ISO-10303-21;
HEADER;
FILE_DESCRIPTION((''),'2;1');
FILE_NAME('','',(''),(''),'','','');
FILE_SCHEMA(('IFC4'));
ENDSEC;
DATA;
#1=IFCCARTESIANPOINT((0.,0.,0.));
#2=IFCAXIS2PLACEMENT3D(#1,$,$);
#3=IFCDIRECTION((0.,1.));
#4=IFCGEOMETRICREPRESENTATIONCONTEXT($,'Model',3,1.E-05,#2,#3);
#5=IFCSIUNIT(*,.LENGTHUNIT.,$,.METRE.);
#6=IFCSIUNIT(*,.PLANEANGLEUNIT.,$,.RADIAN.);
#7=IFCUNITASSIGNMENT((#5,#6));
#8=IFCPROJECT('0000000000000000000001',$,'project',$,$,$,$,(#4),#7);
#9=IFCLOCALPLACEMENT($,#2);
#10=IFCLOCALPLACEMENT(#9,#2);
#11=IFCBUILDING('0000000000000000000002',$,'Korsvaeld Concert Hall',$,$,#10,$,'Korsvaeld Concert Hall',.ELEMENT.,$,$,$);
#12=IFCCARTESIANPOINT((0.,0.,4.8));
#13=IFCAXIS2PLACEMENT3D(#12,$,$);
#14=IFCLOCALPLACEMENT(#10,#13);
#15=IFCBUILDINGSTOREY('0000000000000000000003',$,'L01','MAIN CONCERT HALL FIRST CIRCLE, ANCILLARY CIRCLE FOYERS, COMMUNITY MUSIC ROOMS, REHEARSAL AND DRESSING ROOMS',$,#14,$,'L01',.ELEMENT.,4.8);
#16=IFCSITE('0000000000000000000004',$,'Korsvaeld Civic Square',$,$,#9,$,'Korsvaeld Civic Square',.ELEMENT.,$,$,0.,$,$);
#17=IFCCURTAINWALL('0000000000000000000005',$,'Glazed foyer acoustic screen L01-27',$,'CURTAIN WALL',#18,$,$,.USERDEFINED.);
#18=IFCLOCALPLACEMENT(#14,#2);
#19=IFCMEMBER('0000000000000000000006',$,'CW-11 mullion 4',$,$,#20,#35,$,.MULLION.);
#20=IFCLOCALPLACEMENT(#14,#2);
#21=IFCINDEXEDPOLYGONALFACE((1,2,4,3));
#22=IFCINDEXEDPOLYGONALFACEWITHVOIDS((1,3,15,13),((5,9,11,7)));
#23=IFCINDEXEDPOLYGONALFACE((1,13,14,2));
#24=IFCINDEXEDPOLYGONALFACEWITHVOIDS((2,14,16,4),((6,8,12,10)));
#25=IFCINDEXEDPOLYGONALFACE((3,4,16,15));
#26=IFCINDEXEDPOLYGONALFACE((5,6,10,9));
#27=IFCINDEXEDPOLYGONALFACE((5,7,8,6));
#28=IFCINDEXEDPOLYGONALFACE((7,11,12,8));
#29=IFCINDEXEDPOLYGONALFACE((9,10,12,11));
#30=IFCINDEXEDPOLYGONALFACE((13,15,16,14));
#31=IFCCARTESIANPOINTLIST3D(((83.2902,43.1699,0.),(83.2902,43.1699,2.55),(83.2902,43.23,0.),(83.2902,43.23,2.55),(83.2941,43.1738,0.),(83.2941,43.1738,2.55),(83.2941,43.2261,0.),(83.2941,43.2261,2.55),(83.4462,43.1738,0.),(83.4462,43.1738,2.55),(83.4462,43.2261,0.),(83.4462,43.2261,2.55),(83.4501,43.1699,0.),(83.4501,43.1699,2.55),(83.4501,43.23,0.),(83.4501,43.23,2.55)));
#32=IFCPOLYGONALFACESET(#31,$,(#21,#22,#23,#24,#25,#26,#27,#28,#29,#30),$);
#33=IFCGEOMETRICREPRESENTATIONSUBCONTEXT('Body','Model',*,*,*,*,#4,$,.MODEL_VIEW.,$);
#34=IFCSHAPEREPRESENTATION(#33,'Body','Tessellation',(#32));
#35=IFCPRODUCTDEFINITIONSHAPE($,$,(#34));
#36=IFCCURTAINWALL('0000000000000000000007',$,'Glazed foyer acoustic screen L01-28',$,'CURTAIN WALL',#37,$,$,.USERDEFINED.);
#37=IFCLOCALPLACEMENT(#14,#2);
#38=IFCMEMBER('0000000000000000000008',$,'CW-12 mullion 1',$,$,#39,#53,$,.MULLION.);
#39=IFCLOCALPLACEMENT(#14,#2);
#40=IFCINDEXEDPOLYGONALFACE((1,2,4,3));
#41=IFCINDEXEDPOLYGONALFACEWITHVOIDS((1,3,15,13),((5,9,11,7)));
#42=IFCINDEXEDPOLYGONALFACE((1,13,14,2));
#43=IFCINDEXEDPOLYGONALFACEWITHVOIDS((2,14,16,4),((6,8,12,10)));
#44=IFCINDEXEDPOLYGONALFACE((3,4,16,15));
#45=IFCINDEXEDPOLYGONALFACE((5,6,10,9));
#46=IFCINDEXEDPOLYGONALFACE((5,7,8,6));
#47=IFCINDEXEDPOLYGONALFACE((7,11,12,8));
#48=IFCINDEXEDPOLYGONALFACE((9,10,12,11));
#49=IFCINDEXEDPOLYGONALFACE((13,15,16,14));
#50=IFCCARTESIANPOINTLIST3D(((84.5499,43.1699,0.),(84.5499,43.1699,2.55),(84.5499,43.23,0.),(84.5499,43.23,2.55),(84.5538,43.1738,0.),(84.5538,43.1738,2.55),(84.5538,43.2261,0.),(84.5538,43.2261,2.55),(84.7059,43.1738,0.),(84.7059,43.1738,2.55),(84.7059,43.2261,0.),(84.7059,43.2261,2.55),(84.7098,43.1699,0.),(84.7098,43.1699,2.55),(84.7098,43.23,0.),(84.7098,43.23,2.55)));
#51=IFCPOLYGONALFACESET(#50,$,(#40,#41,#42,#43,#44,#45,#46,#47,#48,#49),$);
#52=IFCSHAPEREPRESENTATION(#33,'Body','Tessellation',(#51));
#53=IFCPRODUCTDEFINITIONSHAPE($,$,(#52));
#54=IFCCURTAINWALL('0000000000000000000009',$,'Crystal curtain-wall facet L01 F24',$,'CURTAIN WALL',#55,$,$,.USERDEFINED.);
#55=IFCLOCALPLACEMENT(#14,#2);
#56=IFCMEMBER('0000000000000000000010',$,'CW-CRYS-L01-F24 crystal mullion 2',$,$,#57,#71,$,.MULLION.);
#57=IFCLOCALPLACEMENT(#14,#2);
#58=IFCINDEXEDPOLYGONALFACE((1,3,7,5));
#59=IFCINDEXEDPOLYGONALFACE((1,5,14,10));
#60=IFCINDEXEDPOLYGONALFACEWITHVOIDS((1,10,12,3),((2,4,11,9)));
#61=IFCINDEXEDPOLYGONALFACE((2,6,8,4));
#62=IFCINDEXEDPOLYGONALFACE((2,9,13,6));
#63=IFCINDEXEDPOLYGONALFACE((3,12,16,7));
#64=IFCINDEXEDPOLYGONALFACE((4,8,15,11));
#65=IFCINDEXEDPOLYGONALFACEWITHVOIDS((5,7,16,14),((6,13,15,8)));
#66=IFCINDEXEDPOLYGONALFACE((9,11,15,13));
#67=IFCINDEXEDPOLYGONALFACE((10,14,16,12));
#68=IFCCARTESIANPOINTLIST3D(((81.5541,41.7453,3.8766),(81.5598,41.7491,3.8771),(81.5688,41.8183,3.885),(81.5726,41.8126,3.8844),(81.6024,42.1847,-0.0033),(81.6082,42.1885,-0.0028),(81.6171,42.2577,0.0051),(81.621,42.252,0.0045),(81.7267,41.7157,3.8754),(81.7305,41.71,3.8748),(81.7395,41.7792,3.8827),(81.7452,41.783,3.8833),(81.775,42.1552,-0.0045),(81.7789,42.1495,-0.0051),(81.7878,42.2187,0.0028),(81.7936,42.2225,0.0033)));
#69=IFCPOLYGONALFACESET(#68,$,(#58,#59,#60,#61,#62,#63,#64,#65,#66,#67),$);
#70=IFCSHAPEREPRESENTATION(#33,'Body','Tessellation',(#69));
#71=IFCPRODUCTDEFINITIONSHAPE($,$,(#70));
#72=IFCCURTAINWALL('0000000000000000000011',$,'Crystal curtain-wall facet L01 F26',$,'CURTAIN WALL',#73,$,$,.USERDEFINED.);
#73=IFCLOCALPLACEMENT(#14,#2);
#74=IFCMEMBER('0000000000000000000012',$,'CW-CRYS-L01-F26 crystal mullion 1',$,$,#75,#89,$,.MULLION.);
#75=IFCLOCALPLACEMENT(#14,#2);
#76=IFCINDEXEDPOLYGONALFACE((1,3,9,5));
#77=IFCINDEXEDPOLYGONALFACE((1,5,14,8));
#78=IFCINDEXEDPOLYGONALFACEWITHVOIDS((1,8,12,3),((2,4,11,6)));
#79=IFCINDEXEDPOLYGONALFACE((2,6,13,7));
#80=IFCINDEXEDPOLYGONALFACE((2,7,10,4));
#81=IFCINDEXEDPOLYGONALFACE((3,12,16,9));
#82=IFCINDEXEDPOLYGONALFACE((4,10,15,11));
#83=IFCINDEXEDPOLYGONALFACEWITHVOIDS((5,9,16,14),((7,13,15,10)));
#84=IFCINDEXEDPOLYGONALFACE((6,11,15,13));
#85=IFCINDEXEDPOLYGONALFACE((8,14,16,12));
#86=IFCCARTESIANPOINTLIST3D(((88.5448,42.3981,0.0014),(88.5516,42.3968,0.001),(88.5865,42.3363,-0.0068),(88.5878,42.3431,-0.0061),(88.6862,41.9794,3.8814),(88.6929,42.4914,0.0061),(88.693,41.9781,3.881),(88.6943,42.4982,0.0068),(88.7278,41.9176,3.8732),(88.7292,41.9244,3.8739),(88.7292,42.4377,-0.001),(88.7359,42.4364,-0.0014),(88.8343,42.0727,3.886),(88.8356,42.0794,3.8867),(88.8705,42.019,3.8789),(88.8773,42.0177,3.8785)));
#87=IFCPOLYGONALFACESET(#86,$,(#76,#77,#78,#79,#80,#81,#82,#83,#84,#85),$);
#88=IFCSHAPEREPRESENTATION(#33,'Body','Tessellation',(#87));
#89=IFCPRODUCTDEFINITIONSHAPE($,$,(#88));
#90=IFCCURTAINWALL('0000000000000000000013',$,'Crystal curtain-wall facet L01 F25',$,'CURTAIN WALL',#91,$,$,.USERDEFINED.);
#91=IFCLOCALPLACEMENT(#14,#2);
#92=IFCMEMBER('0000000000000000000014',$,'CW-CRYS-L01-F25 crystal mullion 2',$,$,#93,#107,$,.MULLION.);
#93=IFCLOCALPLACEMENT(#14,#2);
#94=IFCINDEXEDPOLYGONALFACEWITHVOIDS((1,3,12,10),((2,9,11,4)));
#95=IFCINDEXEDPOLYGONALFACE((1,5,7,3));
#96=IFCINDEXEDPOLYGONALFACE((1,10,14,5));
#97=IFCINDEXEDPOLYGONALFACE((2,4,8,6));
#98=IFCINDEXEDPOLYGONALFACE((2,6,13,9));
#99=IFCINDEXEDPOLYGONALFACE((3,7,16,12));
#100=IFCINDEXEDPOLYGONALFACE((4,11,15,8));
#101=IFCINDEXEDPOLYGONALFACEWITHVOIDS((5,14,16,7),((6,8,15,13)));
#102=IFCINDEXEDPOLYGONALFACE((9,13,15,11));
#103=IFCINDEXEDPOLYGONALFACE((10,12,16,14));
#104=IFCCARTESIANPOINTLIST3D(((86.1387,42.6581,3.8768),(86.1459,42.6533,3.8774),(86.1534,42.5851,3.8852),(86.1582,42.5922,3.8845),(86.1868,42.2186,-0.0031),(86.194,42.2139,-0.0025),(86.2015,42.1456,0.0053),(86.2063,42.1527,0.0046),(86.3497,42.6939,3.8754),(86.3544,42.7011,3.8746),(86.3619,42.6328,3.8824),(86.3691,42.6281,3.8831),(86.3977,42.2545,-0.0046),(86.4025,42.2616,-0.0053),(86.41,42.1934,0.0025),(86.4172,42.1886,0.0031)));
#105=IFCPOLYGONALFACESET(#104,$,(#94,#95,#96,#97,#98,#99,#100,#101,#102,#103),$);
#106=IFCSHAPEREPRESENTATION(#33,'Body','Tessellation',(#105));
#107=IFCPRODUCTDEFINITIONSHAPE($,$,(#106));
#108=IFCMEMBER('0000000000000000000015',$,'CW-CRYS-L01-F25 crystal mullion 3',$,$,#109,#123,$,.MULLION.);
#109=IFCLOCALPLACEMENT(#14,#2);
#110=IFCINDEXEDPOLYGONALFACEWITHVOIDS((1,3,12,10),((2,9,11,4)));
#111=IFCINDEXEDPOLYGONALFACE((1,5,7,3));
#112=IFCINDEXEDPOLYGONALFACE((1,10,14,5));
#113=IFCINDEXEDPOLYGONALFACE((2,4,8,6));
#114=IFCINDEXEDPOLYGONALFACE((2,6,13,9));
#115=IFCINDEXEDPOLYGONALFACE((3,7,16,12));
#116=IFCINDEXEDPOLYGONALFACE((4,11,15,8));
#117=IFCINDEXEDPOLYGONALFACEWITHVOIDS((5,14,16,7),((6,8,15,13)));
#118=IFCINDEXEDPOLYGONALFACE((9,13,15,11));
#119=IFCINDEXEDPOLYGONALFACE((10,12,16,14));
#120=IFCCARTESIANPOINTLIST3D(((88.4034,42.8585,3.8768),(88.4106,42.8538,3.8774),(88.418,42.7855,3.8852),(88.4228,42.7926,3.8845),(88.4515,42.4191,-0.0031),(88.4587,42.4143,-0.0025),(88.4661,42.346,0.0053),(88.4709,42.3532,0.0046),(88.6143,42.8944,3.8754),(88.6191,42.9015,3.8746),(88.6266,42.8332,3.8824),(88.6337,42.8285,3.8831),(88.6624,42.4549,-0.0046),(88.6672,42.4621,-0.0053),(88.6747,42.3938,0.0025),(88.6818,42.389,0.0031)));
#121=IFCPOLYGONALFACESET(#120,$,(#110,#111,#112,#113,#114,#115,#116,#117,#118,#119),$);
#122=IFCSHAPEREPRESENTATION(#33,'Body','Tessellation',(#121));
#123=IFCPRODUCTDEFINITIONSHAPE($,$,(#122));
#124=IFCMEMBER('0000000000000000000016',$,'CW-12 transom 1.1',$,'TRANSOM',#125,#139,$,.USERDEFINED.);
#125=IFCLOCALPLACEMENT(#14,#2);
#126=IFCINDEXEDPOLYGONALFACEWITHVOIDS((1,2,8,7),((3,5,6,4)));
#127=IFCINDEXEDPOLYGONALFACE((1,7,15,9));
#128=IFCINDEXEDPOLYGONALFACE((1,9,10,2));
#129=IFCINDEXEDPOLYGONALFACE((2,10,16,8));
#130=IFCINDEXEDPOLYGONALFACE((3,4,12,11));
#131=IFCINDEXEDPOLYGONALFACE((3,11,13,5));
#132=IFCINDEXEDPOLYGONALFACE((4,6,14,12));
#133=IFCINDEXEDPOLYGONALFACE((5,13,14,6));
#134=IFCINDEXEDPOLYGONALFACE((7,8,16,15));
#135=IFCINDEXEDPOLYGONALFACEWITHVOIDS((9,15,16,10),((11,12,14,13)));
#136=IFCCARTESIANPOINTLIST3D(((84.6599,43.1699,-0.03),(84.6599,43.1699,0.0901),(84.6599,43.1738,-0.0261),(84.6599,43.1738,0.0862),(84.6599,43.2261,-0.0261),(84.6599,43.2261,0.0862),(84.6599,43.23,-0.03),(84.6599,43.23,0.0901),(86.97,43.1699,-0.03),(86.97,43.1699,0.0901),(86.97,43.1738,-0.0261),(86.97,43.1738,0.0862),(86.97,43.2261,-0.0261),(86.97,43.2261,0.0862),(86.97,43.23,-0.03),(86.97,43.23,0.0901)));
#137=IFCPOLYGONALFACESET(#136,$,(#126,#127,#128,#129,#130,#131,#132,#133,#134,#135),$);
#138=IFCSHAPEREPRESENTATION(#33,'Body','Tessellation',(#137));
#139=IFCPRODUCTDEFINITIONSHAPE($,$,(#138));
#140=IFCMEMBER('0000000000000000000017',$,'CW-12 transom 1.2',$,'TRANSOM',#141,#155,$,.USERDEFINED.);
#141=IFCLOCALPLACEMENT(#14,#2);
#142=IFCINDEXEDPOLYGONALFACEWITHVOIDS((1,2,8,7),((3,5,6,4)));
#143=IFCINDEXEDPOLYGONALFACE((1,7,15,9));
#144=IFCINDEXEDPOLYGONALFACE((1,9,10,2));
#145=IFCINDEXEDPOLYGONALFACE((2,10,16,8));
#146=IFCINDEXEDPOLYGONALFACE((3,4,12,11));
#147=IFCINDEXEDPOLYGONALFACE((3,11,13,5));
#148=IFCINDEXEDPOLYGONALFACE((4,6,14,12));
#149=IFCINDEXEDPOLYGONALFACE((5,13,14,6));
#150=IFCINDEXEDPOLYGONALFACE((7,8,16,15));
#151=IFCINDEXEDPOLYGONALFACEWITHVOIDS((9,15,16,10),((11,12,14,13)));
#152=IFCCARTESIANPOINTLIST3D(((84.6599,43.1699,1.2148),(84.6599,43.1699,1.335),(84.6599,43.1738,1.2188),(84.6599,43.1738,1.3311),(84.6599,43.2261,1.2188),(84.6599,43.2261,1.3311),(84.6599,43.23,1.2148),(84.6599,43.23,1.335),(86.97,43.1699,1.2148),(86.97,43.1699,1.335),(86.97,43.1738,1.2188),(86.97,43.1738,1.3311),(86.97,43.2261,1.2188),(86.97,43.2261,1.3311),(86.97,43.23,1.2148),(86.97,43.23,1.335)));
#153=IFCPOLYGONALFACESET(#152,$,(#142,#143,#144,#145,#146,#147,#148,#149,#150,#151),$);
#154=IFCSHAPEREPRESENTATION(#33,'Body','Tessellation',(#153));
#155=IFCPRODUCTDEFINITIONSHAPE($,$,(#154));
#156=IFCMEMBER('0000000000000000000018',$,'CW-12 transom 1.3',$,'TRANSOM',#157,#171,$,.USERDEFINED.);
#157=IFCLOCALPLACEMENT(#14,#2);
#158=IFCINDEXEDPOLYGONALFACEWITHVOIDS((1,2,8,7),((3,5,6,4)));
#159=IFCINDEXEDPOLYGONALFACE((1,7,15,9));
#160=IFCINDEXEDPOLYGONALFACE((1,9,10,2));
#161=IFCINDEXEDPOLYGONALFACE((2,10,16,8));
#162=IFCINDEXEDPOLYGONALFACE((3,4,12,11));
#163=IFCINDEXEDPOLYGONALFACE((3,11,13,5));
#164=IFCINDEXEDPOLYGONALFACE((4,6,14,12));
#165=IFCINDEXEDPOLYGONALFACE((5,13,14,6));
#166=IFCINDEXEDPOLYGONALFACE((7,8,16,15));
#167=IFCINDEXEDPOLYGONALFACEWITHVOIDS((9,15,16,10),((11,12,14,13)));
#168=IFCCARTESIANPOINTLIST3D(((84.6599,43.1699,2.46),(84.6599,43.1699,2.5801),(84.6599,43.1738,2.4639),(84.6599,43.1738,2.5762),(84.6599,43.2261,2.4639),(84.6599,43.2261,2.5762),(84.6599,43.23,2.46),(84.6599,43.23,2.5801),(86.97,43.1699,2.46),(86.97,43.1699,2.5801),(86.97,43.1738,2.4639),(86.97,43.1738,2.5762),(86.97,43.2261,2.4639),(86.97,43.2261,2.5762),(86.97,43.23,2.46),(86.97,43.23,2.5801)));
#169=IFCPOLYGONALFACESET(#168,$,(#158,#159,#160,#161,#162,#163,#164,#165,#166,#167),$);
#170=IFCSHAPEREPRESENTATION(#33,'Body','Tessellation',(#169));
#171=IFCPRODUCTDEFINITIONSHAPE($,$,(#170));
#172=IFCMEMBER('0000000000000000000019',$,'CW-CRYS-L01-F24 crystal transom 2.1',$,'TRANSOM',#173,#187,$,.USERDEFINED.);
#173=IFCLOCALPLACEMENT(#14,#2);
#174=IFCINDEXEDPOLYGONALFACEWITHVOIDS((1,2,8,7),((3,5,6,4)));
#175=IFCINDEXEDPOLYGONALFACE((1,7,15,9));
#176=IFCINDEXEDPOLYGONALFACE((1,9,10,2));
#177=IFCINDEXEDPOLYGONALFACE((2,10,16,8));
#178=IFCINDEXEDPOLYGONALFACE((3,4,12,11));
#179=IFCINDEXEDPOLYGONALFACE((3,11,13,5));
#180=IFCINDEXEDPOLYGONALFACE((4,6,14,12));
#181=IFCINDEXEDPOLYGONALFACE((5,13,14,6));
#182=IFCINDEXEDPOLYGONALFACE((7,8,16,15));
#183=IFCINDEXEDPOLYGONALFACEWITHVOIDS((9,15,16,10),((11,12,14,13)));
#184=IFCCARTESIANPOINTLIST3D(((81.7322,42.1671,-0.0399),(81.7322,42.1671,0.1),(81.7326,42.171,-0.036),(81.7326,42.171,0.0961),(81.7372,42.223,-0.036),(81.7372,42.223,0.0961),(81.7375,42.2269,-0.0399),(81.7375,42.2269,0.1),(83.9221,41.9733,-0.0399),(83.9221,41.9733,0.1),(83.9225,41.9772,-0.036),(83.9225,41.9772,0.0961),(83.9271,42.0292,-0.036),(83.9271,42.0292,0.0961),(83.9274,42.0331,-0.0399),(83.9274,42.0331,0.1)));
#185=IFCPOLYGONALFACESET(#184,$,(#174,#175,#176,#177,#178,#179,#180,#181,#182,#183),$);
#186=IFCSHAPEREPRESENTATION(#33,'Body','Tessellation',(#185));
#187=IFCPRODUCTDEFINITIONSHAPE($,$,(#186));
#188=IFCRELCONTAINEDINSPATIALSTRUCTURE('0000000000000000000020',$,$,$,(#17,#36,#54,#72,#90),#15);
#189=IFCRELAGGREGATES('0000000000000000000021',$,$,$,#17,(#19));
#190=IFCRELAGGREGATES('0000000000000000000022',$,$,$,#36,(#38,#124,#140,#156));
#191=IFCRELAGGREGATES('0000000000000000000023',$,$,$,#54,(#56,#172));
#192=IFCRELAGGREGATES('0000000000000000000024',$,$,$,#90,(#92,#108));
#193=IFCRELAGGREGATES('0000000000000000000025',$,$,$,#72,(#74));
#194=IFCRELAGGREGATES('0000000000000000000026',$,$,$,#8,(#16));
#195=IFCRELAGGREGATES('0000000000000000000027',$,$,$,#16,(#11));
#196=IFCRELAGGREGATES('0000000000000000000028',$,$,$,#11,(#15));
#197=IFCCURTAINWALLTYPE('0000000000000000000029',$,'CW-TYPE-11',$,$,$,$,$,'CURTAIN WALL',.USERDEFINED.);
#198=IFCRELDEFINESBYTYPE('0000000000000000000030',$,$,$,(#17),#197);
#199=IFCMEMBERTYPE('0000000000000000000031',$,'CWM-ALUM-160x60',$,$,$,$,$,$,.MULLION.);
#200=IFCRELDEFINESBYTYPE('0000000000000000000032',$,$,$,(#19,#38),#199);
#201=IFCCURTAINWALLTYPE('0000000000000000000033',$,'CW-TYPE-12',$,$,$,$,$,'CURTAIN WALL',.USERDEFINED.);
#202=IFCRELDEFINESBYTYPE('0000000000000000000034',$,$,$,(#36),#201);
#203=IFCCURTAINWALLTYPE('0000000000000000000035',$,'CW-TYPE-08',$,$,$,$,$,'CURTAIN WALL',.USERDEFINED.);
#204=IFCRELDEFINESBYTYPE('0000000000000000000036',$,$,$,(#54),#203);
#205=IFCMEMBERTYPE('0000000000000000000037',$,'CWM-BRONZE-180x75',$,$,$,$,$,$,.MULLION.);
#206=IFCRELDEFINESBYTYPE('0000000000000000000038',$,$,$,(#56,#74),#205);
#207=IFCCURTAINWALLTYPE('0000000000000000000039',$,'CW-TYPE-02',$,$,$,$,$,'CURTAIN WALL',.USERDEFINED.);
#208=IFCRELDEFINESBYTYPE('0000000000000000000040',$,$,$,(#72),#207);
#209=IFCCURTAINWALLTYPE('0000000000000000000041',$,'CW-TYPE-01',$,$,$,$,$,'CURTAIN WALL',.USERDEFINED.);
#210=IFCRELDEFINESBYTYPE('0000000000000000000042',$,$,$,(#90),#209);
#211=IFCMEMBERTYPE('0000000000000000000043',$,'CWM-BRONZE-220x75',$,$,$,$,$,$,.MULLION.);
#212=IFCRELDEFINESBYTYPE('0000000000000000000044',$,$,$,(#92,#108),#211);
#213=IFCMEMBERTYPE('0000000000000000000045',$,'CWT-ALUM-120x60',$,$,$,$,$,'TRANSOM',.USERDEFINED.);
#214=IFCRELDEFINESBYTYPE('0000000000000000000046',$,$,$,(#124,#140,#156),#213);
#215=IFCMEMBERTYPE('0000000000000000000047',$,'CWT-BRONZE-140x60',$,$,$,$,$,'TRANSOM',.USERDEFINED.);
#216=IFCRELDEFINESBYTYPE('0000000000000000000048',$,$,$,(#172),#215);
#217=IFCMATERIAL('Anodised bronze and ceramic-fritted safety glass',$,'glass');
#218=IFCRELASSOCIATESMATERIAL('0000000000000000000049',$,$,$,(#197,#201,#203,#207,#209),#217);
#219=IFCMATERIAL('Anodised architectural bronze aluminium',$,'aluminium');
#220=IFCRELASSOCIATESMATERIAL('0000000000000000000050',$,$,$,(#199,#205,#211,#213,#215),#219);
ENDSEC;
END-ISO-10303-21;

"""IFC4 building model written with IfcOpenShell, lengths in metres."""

from ifc_helpers import new_model, si_unit, direction, frame, origin, origin_2d, place, context, subcontext, project, spatial, hollow_rectangle, extrude, material, material_profile, profile_set, type_object, element, aggregate, save


model = new_model("IFC4")

# Units and contexts
model_context = context("Model", 3, precision=1e-05, world=origin(), true_north=direction((0.0, 1.0)))
body_context = subcontext(model_context, "Body", "Model", "MODEL_VIEW")
ifc_project = project(units=[si_unit("LENGTHUNIT", "METRE"), si_unit("PLANEANGLEUNIT", "RADIAN")], contexts=[model_context])

# Site, building, storey
site_placement = place(None, origin())
site = spatial("IfcSite", under=ifc_project, at=site_placement, Name="Korsvaeld Civic Square", LongName="Korsvaeld Civic Square", CompositionType="ELEMENT", RefElevation=0.0)
building_placement = place(site_placement, origin())
building = spatial("IfcBuilding", under=site, at=building_placement, Name="Korsvaeld Concert Hall", LongName="Korsvaeld Concert Hall", CompositionType="ELEMENT")
storey_placement = place(building_placement, frame((0.0, 0.0, 4.8)))
storey = spatial("IfcBuildingStorey", under=building, at=storey_placement, Name="L01", Description="MAIN CONCERT HALL FIRST CIRCLE, ANCILLARY CIRCLE FOYERS, COMMUNITY MUSIC ROOMS, REHEARSAL AND DRESSING ROOMS", LongName="L01", CompositionType="ELEMENT", Elevation=4.8)

# Curtain walls, members
ifc_material_1 = material(Name="Anodised bronze and ceramic-fritted safety glass", Category="glass")
curtain_wall_type_1 = type_object("IfcCurtainWallType", Name="CW-TYPE-11", ElementType="CURTAIN WALL", PredefinedType="USERDEFINED", material=ifc_material_1)
curtain_wall_1_placement = place(storey_placement, origin())
curtain_wall_1 = element("IfcCurtainWall", 1, at=curtain_wall_1_placement, inside=storey, type_object=curtain_wall_type_1, Name="Glazed foyer acoustic screen L01-27", ObjectType="CURTAIN WALL", PredefinedType="USERDEFINED")
ifc_material_2 = material(Name="Anodised architectural bronze aluminium", Category="aluminium")
ifc_material_profile_1 = material_profile(ifc_material_2, hollow_rectangle(XDim=0.0601, YDim=0.1599, WallThickness=0.0039, at=origin_2d()), Name="CWM 160x60x4")
ifc_profile_set_1 = profile_set([ifc_material_profile_1], Name="Anodised architectural bronze aluminium")
member_type_1 = type_object("IfcMemberType", Name="CWM-ALUM-160x60", PredefinedType="MULLION", material=ifc_profile_set_1)
member_1_placement = place(storey_placement, frame((83.3701, 43.2, 0.0), z_axis=(0.0, 0.0, 1.0), x_axis=(0.0, 1.0, 0.0)))
member_1 = element("IfcMember", 2, at=member_1_placement, type_object=member_type_1, Name="CW-11 mullion 4", PredefinedType="MULLION", context=body_context, shape_type="SweptSolid", body=[
    extrude(hollow_rectangle(XDim=0.0601, YDim=0.1599, WallThickness=0.0039, at=origin_2d()), origin(), (0.0, 0.0, 1.0), 2.55),
])
curtain_wall_type_2 = type_object("IfcCurtainWallType", Name="CW-TYPE-12", ElementType="CURTAIN WALL", PredefinedType="USERDEFINED", material=ifc_material_1)
curtain_wall_2_placement = place(storey_placement, origin())
curtain_wall_2 = element("IfcCurtainWall", 3, at=curtain_wall_2_placement, inside=storey, type_object=curtain_wall_type_2, Name="Glazed foyer acoustic screen L01-28", ObjectType="CURTAIN WALL", PredefinedType="USERDEFINED")
member_2_placement = place(storey_placement, frame((84.6299, 43.2, 0.0), z_axis=(0.0, 0.0, 1.0), x_axis=(0.0, 1.0, 0.0)))
member_2 = element("IfcMember", 4, at=member_2_placement, type_object=member_type_1, Name="CW-12 mullion 1", PredefinedType="MULLION", context=body_context, shape_type="SweptSolid", body=[
    extrude(hollow_rectangle(XDim=0.0601, YDim=0.1599, WallThickness=0.0039, at=origin_2d()), origin(), (0.0, 0.0, 1.0), 2.55),
])
curtain_wall_type_3 = type_object("IfcCurtainWallType", Name="CW-TYPE-08", ElementType="CURTAIN WALL", PredefinedType="USERDEFINED", material=ifc_material_1)
curtain_wall_3_placement = place(storey_placement, origin())
curtain_wall_3 = element("IfcCurtainWall", 5, at=curtain_wall_3_placement, inside=storey, type_object=curtain_wall_type_3, Name="Crystal curtain-wall facet L01 F24", ObjectType="CURTAIN WALL", PredefinedType="USERDEFINED")
ifc_material_profile_2 = material_profile(ifc_material_2, hollow_rectangle(XDim=0.075, YDim=0.1799, WallThickness=0.0049, at=origin_2d()), Name="CWM 180x75x5")
ifc_profile_set_2 = profile_set([ifc_material_profile_2], Name="Anodised architectural bronze aluminium")
member_type_2 = type_object("IfcMemberType", Name="CWM-BRONZE-180x75", PredefinedType="MULLION", material=ifc_profile_set_2)
member_3_placement = place(storey_placement, frame((81.698, 42.2036, 0.0), z_axis=(-0.012379, -0.112536, 0.993571), x_axis=(0.195828, 0.974132, 0.112774)))
member_3 = element("IfcMember", 6, at=member_3_placement, type_object=member_type_2, Name="CW-CRYS-L01-F24 crystal mullion 2", PredefinedType="MULLION", context=body_context, shape_type="SweptSolid", body=[
    extrude(hollow_rectangle(XDim=0.075, YDim=0.1799, WallThickness=0.0049, at=origin_2d()), origin(), (0.0, 0.0, 1.0), 3.905),
])
curtain_wall_type_4 = type_object("IfcCurtainWallType", Name="CW-TYPE-02", ElementType="CURTAIN WALL", PredefinedType="USERDEFINED", material=ifc_material_1)
curtain_wall_4_placement = place(storey_placement, origin())
curtain_wall_4 = element("IfcCurtainWall", 7, at=curtain_wall_4_placement, inside=storey, type_object=curtain_wall_type_4, Name="Crystal curtain-wall facet L01 F26", ObjectType="CURTAIN WALL", PredefinedType="USERDEFINED")
member_4_placement = place(storey_placement, frame((88.6404, 42.4172, 0.0), z_axis=(0.036199, -0.107223, 0.993576), x_axis=(-0.555734, 0.824159, 0.109187)))
member_4 = element("IfcMember", 8, at=member_4_placement, type_object=member_type_2, Name="CW-CRYS-L01-F26 crystal mullion 1", PredefinedType="MULLION", context=body_context, shape_type="SweptSolid", body=[
    extrude(hollow_rectangle(XDim=0.075, YDim=0.1799, WallThickness=0.0049, at=origin_2d()), origin(), (0.0, 0.0, 1.0), 3.905),
])

# Curtain wall, members
curtain_wall_type_5 = type_object("IfcCurtainWallType", Name="CW-TYPE-01", ElementType="CURTAIN WALL", PredefinedType="USERDEFINED", material=ifc_material_1)
curtain_wall_5_placement = place(storey_placement, origin())
curtain_wall_5 = element("IfcCurtainWall", 9, at=curtain_wall_5_placement, inside=storey, type_object=curtain_wall_type_5, Name="Crystal curtain-wall facet L01 F25", ObjectType="CURTAIN WALL", PredefinedType="USERDEFINED")
ifc_material_profile_3 = material_profile(ifc_material_2, hollow_rectangle(XDim=0.075, YDim=0.22, WallThickness=0.0061, at=origin_2d()), Name="CWM 220x75x6")
ifc_profile_set_3 = profile_set([ifc_material_profile_3], Name="Anodised architectural bronze aluminium")
member_type_3 = type_object("IfcMemberType", Name="CWM-BRONZE-220x75", PredefinedType="MULLION", material=ifc_profile_set_3)
member_5_placement = place(storey_placement, frame((86.302, 42.2036, 0.0), z_axis=(-0.012316, 0.112536, 0.993571), x_axis=(0.195293, -0.97424, 0.112768)))
member_5 = element("IfcMember", 10, at=member_5_placement, type_object=member_type_3, Name="CW-CRYS-L01-F25 crystal mullion 2", PredefinedType="MULLION", context=body_context, shape_type="SweptSolid", body=[
    extrude(hollow_rectangle(XDim=0.075, YDim=0.22, WallThickness=0.0061, at=origin_2d()), origin(), (0.0, 0.0, 1.0), 3.905),
])
member_6_placement = place(storey_placement, frame((88.5667, 42.4041, 0.0), z_axis=(-0.012316, 0.112536, 0.993571), x_axis=(0.195293, -0.97424, 0.112768)))
member_6 = element("IfcMember", 11, at=member_6_placement, type_object=member_type_3, Name="CW-CRYS-L01-F25 crystal mullion 3", PredefinedType="MULLION", context=body_context, shape_type="SweptSolid", body=[
    extrude(hollow_rectangle(XDim=0.075, YDim=0.22, WallThickness=0.0061, at=origin_2d()), origin(), (0.0, 0.0, 1.0), 3.905),
])

# Members
ifc_material_profile_4 = material_profile(ifc_material_2, hollow_rectangle(XDim=0.0601, YDim=0.1201, WallThickness=0.0039, at=origin_2d()), Name="CWT 120x60x4")
ifc_profile_set_4 = profile_set([ifc_material_profile_4], Name="Anodised architectural bronze aluminium")
member_type_4 = type_object("IfcMemberType", Name="CWT-ALUM-120x60", ElementType="TRANSOM", PredefinedType="USERDEFINED", material=ifc_profile_set_4)
member_7_placement = place(storey_placement, frame((84.6599, 43.2, 0.03), z_axis=(1.0, 0.0, 0.0), x_axis=(0.0, 1.0, 0.0)))
member_7 = element("IfcMember", 12, at=member_7_placement, type_object=member_type_4, Name="CW-12 transom 1.1", ObjectType="TRANSOM", PredefinedType="USERDEFINED", context=body_context, shape_type="SweptSolid", body=[
    extrude(hollow_rectangle(XDim=0.0601, YDim=0.1201, WallThickness=0.0039, at=origin_2d()), origin(), (0.0, 0.0, 1.0), 2.3101),
])
member_8_placement = place(storey_placement, frame((84.6599, 43.2, 1.2749), z_axis=(1.0, 0.0, 0.0), x_axis=(0.0, 1.0, 0.0)))
member_8 = element("IfcMember", 13, at=member_8_placement, type_object=member_type_4, Name="CW-12 transom 1.2", ObjectType="TRANSOM", PredefinedType="USERDEFINED", context=body_context, shape_type="SweptSolid", body=[
    extrude(hollow_rectangle(XDim=0.0601, YDim=0.1201, WallThickness=0.0039, at=origin_2d()), origin(), (0.0, 0.0, 1.0), 2.3101),
])
member_9_placement = place(storey_placement, frame((84.6599, 43.2, 2.52), z_axis=(1.0, 0.0, 0.0), x_axis=(0.0, 1.0, 0.0)))
member_9 = element("IfcMember", 14, at=member_9_placement, type_object=member_type_4, Name="CW-12 transom 1.3", ObjectType="TRANSOM", PredefinedType="USERDEFINED", context=body_context, shape_type="SweptSolid", body=[
    extrude(hollow_rectangle(XDim=0.0601, YDim=0.1201, WallThickness=0.0039, at=origin_2d()), origin(), (0.0, 0.0, 1.0), 2.3101),
])
ifc_material_profile_5 = material_profile(ifc_material_2, hollow_rectangle(XDim=0.0601, YDim=0.1399, WallThickness=0.0039, at=origin_2d()), Name="CWT 140x60x4")
ifc_profile_set_5 = profile_set([ifc_material_profile_5], Name="Anodised architectural bronze aluminium")
member_type_5 = type_object("IfcMemberType", Name="CWT-BRONZE-140x60", ElementType="TRANSOM", PredefinedType="USERDEFINED", material=ifc_profile_set_5)
member_10_placement = place(storey_placement, frame((81.7349, 42.197, 0.03), z_axis=(0.996105, -0.088173, 0.0), x_axis=(0.088173, 0.996105, 0.0)))
member_10 = element("IfcMember", 15, at=member_10_placement, type_object=member_type_5, Name="CW-CRYS-L01-F24 crystal transom 2.1", ObjectType="TRANSOM", PredefinedType="USERDEFINED", context=body_context, shape_type="SweptSolid", body=[
    extrude(hollow_rectangle(XDim=0.0601, YDim=0.1399, WallThickness=0.0039, at=origin_2d()), origin(), (0.0, 0.0, 1.0), 2.1985),
])

aggregate(curtain_wall_1, [member_1])
aggregate(curtain_wall_2, [member_2, member_7, member_8, member_9])
aggregate(curtain_wall_3, [member_3, member_10])
aggregate(curtain_wall_5, [member_5, member_6])
aggregate(curtain_wall_4, [member_4])

save(model, "model.ifc")
